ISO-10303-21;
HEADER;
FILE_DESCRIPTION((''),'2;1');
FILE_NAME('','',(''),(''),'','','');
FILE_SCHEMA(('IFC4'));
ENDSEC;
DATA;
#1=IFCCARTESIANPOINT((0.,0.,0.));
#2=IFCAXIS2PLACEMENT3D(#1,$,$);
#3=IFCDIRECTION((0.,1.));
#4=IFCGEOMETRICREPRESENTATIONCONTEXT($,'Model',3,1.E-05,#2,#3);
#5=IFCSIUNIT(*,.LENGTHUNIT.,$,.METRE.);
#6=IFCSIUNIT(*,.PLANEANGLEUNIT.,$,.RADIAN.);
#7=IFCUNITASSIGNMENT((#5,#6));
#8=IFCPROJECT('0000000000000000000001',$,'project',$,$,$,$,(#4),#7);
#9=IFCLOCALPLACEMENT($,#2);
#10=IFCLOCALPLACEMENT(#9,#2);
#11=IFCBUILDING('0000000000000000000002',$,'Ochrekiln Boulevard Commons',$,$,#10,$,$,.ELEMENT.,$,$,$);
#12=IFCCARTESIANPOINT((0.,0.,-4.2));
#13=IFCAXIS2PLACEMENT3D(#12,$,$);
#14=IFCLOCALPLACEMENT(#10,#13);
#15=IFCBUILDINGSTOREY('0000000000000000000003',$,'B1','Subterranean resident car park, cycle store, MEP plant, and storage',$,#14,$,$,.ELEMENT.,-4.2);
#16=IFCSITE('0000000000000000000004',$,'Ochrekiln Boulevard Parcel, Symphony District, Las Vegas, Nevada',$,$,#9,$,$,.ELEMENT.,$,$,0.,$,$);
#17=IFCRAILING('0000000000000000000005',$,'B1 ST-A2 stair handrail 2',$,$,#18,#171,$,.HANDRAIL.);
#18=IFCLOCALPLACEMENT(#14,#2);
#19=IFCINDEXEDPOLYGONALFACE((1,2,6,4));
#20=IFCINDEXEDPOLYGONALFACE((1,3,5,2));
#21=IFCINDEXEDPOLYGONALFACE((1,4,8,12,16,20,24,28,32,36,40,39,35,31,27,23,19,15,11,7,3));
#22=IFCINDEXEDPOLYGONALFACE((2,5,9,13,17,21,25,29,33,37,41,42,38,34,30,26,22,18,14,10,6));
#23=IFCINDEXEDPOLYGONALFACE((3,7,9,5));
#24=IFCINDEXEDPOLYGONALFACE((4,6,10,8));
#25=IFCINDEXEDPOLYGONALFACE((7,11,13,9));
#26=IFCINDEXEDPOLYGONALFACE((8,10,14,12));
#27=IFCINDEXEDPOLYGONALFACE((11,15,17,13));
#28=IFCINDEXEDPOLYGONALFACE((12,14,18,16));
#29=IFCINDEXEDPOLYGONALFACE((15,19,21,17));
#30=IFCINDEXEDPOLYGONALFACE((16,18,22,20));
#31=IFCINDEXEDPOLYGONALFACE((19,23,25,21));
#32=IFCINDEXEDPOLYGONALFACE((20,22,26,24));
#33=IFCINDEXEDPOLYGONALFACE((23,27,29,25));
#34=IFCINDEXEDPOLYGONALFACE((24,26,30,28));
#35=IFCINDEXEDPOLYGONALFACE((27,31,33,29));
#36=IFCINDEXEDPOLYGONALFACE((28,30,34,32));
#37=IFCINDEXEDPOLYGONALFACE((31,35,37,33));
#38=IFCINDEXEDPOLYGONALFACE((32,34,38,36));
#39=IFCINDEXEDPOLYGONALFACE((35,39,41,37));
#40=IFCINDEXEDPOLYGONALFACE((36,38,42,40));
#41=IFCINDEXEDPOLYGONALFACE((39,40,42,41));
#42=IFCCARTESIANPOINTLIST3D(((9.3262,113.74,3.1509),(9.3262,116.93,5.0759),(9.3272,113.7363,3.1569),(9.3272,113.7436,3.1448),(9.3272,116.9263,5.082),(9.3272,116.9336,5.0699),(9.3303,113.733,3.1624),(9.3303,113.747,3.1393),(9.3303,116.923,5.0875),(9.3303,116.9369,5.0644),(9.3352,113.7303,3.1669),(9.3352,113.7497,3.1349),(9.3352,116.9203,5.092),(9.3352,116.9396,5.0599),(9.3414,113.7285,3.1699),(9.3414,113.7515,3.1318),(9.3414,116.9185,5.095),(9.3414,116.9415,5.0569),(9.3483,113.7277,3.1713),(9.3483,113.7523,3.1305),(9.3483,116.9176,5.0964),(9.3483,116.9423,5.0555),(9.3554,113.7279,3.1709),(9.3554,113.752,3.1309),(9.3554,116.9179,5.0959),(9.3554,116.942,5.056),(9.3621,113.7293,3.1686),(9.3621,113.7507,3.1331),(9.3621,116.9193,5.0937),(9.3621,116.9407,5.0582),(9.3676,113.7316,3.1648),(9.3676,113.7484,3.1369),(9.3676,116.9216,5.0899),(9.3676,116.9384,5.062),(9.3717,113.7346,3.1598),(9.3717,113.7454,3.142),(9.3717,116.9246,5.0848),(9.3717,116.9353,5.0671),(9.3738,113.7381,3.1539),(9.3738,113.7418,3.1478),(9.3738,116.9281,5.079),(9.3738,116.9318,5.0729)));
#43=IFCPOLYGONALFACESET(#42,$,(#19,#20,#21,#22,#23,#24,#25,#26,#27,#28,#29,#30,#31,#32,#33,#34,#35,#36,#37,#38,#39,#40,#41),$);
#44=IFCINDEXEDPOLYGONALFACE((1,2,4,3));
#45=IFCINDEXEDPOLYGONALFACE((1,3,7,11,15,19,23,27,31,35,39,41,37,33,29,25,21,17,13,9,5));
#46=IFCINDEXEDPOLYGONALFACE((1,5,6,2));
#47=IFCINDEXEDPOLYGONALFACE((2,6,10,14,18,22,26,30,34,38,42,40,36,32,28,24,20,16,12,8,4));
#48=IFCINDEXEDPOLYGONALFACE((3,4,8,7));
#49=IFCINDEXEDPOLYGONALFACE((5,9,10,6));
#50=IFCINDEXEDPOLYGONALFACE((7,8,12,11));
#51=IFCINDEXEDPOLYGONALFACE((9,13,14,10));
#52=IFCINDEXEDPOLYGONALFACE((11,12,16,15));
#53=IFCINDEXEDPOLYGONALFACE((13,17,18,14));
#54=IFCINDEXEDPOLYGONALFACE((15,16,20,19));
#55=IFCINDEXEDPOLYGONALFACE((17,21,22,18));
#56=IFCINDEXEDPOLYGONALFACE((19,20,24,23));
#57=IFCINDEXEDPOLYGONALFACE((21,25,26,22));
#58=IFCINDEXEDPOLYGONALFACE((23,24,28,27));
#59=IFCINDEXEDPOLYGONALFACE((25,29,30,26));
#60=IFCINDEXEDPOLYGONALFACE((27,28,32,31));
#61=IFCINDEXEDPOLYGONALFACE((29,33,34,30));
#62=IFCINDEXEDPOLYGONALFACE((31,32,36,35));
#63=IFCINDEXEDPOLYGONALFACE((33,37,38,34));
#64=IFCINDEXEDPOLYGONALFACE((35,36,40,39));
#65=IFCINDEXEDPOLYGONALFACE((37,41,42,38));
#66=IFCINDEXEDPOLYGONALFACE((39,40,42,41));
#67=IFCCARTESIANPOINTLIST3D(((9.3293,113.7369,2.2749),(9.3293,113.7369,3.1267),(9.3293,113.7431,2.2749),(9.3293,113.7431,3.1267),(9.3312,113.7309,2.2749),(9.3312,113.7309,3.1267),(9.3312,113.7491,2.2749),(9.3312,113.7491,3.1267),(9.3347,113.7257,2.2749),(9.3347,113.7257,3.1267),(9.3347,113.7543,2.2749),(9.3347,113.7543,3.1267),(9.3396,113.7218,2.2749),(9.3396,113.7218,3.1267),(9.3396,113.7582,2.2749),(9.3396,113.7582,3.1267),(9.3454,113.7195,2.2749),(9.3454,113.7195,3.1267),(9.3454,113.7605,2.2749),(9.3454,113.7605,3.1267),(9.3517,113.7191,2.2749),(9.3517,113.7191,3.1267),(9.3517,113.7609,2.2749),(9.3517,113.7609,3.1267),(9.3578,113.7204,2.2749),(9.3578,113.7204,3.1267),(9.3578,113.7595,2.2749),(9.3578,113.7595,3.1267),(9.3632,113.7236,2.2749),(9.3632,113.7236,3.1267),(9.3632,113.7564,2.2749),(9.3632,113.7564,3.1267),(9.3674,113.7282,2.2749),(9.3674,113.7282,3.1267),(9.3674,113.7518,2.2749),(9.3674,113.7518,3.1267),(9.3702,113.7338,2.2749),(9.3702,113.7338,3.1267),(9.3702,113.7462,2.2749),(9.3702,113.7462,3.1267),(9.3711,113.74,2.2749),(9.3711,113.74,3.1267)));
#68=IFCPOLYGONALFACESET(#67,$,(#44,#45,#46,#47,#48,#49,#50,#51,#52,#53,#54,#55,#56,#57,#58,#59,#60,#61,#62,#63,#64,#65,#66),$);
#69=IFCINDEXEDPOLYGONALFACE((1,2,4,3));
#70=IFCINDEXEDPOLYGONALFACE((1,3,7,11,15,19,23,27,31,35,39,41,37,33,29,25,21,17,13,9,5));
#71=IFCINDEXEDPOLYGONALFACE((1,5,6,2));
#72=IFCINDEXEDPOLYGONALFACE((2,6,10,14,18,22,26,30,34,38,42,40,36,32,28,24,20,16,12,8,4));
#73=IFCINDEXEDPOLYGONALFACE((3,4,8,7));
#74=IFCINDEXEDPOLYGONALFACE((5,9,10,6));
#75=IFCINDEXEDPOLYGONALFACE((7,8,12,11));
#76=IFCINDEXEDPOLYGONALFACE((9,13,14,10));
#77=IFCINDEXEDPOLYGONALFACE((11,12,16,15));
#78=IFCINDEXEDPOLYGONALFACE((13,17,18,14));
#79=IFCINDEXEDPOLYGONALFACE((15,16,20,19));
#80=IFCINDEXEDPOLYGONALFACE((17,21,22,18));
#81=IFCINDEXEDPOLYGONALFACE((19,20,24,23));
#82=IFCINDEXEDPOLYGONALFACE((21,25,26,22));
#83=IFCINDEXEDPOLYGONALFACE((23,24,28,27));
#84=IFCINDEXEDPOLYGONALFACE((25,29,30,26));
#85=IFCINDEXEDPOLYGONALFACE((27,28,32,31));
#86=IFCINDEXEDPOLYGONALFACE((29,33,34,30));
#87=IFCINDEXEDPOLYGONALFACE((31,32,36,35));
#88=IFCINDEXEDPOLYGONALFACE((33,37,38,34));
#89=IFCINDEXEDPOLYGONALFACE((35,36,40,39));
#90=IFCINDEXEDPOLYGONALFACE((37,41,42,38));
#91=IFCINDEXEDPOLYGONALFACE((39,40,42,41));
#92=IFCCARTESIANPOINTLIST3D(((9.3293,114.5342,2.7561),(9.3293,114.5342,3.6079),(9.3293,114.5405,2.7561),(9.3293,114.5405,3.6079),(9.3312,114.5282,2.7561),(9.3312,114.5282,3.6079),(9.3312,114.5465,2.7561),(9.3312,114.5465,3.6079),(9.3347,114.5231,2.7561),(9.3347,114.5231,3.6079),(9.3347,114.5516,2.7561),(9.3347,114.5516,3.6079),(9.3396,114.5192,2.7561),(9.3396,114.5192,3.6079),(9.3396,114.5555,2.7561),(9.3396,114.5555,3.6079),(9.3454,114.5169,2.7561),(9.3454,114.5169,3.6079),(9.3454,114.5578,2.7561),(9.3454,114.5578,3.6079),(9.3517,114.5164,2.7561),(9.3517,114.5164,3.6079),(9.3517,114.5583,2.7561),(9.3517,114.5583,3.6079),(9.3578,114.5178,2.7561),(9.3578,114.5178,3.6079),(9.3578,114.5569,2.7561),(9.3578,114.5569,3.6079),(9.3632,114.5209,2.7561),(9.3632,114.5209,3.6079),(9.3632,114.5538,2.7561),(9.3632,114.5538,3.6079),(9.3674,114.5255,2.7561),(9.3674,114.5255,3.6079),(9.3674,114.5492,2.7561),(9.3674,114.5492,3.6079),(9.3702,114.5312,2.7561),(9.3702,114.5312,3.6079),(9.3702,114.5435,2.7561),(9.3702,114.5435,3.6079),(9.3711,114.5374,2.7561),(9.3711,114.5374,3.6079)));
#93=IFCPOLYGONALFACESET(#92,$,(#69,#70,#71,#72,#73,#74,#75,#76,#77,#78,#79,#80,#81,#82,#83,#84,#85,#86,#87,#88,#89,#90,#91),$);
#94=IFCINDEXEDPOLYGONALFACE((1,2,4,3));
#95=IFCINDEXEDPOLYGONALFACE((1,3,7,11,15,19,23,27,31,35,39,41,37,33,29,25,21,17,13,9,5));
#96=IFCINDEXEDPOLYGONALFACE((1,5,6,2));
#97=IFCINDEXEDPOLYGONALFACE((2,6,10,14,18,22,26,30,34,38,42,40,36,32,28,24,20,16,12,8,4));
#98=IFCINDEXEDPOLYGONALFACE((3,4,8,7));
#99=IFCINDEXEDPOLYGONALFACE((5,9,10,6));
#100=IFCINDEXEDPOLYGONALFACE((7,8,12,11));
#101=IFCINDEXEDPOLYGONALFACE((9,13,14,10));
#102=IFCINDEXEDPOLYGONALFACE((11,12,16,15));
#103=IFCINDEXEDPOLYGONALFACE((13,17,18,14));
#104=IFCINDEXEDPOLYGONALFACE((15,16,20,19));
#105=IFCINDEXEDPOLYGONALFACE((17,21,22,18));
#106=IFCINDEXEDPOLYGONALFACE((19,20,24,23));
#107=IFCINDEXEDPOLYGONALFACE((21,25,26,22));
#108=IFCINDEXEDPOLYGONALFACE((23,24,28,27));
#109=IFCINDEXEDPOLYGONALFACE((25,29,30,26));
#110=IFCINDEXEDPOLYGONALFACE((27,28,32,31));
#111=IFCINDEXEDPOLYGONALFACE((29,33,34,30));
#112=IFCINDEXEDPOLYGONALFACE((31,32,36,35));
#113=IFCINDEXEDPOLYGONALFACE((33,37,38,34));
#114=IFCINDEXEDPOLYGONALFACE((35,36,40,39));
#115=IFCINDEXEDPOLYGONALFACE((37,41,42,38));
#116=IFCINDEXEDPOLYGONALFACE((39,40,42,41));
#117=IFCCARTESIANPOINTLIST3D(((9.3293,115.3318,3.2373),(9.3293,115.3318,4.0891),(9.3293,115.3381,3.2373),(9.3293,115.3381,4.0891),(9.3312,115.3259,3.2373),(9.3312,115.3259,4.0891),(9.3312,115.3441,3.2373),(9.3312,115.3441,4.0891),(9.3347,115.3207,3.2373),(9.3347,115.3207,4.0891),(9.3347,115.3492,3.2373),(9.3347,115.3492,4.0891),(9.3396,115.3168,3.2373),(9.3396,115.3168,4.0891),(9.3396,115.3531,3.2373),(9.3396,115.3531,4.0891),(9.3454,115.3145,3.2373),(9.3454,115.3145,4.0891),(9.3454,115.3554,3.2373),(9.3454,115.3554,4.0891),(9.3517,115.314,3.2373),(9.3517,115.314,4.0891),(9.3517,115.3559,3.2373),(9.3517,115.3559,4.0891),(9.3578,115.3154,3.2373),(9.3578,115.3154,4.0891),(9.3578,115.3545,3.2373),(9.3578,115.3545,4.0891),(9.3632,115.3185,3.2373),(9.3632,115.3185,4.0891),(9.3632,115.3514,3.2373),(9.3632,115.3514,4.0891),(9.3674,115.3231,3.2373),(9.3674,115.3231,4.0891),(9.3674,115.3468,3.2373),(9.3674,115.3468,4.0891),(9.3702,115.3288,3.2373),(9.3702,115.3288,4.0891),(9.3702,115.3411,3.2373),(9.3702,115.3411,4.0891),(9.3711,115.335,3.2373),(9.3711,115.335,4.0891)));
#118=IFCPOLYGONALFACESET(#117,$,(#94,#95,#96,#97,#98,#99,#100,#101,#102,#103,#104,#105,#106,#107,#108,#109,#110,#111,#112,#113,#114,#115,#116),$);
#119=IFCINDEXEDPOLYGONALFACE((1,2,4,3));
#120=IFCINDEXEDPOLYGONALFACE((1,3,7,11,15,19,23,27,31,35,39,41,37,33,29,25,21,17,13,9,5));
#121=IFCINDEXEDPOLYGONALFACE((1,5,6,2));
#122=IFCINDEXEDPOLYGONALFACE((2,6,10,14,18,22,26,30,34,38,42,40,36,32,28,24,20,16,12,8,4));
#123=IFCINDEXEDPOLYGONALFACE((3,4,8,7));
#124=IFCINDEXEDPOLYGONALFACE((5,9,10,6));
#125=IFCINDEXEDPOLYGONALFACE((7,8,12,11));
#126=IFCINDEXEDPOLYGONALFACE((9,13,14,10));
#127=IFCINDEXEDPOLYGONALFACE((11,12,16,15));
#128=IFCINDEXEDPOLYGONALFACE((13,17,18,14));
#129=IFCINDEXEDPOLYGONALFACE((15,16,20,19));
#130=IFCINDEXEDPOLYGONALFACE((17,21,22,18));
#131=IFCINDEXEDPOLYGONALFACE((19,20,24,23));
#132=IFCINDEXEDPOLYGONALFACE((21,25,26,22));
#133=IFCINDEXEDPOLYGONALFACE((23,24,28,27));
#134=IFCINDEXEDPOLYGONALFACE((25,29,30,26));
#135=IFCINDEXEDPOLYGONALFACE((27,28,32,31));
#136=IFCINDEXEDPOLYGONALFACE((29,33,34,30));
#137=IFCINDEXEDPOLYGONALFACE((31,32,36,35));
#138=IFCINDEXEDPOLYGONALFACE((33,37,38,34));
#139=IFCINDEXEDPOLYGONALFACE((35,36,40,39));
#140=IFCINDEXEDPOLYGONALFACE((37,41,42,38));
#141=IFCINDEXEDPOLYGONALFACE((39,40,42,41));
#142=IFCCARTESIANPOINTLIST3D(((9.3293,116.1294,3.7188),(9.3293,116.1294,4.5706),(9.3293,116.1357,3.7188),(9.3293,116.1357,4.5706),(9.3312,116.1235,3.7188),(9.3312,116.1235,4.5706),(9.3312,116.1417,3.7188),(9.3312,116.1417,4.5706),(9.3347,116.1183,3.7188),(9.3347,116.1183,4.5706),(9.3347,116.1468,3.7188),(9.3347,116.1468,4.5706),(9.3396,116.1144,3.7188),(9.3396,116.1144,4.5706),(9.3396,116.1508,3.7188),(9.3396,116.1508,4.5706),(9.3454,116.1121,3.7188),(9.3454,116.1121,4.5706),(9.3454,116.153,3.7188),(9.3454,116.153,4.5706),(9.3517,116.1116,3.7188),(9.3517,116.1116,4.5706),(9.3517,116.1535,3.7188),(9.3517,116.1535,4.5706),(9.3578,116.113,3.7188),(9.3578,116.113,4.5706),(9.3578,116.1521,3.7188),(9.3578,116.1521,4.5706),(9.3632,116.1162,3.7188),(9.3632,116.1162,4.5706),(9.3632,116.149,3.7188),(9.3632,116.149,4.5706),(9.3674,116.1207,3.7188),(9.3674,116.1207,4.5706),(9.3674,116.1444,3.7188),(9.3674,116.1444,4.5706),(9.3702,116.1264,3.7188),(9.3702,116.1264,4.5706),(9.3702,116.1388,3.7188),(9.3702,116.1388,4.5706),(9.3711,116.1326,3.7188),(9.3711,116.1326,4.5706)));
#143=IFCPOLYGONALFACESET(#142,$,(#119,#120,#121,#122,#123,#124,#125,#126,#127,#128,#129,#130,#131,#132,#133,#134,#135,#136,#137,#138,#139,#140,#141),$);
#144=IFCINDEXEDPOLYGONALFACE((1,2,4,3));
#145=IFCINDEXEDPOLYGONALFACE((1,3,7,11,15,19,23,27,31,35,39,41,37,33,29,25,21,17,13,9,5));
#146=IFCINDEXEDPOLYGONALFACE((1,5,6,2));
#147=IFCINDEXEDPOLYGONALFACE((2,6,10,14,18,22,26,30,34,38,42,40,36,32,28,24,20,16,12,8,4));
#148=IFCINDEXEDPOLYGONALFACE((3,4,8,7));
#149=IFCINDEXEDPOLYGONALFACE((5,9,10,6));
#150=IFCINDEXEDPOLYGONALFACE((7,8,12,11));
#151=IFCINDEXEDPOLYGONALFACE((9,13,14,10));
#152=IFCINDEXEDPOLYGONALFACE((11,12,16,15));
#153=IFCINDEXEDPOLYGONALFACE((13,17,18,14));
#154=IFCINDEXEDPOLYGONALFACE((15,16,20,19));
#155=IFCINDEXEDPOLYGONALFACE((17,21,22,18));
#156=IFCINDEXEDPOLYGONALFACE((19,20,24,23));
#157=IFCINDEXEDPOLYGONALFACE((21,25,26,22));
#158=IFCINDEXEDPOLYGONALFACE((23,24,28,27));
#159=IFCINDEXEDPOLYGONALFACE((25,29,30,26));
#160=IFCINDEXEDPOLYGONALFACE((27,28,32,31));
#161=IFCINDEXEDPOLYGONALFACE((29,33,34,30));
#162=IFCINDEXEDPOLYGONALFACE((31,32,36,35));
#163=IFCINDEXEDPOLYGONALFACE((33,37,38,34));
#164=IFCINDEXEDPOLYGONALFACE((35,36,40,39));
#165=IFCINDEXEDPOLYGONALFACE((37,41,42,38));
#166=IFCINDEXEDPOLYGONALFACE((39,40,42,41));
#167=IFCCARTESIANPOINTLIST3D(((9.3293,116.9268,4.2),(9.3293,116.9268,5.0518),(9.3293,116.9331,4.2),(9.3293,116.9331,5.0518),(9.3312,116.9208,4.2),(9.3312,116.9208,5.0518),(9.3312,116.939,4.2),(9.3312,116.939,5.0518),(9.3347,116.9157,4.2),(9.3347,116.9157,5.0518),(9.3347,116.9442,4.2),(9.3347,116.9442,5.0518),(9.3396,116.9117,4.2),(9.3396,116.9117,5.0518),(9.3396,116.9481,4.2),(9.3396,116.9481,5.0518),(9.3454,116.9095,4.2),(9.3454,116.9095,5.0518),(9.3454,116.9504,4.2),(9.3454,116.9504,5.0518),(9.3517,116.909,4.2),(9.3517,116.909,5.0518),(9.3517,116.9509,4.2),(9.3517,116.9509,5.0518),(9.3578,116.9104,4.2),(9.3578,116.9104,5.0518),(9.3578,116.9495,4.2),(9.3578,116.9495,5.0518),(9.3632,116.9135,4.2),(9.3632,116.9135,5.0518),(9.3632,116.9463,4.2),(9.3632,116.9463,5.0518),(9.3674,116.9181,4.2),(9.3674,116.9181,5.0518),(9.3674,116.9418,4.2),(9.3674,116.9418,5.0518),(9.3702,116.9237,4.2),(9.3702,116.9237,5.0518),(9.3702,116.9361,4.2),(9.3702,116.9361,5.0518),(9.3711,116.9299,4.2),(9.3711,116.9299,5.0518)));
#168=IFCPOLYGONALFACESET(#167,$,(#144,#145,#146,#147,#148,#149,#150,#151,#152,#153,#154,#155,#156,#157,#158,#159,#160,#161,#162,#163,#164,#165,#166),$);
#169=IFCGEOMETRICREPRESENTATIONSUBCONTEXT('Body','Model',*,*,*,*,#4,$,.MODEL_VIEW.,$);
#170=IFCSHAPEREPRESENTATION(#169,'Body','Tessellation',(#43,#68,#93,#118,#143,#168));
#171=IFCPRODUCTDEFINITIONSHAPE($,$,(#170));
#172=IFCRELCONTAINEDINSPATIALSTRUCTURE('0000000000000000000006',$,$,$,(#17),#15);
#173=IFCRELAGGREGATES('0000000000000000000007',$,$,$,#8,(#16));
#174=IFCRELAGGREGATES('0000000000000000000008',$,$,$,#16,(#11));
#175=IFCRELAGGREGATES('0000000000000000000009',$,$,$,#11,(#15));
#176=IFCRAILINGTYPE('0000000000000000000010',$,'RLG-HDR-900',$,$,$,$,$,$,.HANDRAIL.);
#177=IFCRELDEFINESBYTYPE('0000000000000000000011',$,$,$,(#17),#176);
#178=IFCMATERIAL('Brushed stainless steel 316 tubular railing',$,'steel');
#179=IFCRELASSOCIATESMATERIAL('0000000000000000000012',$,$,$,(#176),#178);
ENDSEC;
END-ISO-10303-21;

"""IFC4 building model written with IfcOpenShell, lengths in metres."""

from ifc_helpers import new_model, si_unit, direction, frame, origin, origin_2d, place, context, subcontext, project, spatial, circle, extrude, material, type_object, element, save


model = new_model("IFC4")

# Units and contexts
model_context = context("Model", 3, precision=1e-05, world=origin(), true_north=direction((0.0, 1.0)))
body_context = subcontext(model_context, "Body", "Model", "MODEL_VIEW")
ifc_project = project(units=[si_unit("LENGTHUNIT", "METRE"), si_unit("PLANEANGLEUNIT", "RADIAN")], contexts=[model_context])

# Site, building, storey
site_placement = place(None, origin())
site = spatial("IfcSite", under=ifc_project, at=site_placement, Name="Ochrekiln Boulevard Parcel, Symphony District, Las Vegas, Nevada", CompositionType="ELEMENT", RefElevation=0.0)
building_placement = place(site_placement, origin())
building = spatial("IfcBuilding", under=site, at=building_placement, Name="Ochrekiln Boulevard Commons", CompositionType="ELEMENT")
storey_placement = place(building_placement, frame((0.0, 0.0, -4.2)))
storey = spatial("IfcBuildingStorey", under=building, at=storey_placement, Name="B1", Description="Subterranean resident car park, cycle store, MEP plant, and storage", CompositionType="ELEMENT", Elevation=-4.2)

# Railing
ifc_material_1 = material(Name="Brushed stainless steel 316 tubular railing", Category="steel")
railing_type_1 = type_object("IfcRailingType", Name="RLG-HDR-900", PredefinedType="HANDRAIL", material=ifc_material_1)
railing_1_placement = place(storey_placement, frame((9.3501, 113.74, 2.2749)))
element("IfcRailing", 1, at=railing_1_placement, inside=storey, type_object=railing_type_1, Name="B1 ST-A2 stair handrail 2", PredefinedType="HANDRAIL", context=body_context, shape_type="SweptSolid", body=[
    extrude(circle(Radius=0.0239, at=origin_2d()), frame((0.0, 0.0, 0.876), z_axis=(0.0, 0.856178, 0.516682), x_axis=(-1.0, 0.0, 0.0)), (0.0, 0.0, 1.0), 3.7258),
    extrude(circle(Radius=0.021, at=origin_2d()), origin(), (0.0, 0.0, 1.0), 0.8518),
    extrude(circle(Radius=0.021, at=origin_2d()), frame((0.0, 0.7974, 0.4812)), (0.0, 0.0, 1.0), 0.8518),
    extrude(circle(Radius=0.021, at=origin_2d()), frame((0.0, 1.595, 0.9624)), (0.0, 0.0, 1.0), 0.8518),
    extrude(circle(Radius=0.021, at=origin_2d()), frame((0.0, 2.3926, 1.4438)), (0.0, 0.0, 1.0), 0.8518),
    extrude(circle(Radius=0.021, at=origin_2d()), frame((0.0, 3.1899, 1.925)), (0.0, 0.0, 1.0), 0.8518),
])

save(model, "model.ifc")
